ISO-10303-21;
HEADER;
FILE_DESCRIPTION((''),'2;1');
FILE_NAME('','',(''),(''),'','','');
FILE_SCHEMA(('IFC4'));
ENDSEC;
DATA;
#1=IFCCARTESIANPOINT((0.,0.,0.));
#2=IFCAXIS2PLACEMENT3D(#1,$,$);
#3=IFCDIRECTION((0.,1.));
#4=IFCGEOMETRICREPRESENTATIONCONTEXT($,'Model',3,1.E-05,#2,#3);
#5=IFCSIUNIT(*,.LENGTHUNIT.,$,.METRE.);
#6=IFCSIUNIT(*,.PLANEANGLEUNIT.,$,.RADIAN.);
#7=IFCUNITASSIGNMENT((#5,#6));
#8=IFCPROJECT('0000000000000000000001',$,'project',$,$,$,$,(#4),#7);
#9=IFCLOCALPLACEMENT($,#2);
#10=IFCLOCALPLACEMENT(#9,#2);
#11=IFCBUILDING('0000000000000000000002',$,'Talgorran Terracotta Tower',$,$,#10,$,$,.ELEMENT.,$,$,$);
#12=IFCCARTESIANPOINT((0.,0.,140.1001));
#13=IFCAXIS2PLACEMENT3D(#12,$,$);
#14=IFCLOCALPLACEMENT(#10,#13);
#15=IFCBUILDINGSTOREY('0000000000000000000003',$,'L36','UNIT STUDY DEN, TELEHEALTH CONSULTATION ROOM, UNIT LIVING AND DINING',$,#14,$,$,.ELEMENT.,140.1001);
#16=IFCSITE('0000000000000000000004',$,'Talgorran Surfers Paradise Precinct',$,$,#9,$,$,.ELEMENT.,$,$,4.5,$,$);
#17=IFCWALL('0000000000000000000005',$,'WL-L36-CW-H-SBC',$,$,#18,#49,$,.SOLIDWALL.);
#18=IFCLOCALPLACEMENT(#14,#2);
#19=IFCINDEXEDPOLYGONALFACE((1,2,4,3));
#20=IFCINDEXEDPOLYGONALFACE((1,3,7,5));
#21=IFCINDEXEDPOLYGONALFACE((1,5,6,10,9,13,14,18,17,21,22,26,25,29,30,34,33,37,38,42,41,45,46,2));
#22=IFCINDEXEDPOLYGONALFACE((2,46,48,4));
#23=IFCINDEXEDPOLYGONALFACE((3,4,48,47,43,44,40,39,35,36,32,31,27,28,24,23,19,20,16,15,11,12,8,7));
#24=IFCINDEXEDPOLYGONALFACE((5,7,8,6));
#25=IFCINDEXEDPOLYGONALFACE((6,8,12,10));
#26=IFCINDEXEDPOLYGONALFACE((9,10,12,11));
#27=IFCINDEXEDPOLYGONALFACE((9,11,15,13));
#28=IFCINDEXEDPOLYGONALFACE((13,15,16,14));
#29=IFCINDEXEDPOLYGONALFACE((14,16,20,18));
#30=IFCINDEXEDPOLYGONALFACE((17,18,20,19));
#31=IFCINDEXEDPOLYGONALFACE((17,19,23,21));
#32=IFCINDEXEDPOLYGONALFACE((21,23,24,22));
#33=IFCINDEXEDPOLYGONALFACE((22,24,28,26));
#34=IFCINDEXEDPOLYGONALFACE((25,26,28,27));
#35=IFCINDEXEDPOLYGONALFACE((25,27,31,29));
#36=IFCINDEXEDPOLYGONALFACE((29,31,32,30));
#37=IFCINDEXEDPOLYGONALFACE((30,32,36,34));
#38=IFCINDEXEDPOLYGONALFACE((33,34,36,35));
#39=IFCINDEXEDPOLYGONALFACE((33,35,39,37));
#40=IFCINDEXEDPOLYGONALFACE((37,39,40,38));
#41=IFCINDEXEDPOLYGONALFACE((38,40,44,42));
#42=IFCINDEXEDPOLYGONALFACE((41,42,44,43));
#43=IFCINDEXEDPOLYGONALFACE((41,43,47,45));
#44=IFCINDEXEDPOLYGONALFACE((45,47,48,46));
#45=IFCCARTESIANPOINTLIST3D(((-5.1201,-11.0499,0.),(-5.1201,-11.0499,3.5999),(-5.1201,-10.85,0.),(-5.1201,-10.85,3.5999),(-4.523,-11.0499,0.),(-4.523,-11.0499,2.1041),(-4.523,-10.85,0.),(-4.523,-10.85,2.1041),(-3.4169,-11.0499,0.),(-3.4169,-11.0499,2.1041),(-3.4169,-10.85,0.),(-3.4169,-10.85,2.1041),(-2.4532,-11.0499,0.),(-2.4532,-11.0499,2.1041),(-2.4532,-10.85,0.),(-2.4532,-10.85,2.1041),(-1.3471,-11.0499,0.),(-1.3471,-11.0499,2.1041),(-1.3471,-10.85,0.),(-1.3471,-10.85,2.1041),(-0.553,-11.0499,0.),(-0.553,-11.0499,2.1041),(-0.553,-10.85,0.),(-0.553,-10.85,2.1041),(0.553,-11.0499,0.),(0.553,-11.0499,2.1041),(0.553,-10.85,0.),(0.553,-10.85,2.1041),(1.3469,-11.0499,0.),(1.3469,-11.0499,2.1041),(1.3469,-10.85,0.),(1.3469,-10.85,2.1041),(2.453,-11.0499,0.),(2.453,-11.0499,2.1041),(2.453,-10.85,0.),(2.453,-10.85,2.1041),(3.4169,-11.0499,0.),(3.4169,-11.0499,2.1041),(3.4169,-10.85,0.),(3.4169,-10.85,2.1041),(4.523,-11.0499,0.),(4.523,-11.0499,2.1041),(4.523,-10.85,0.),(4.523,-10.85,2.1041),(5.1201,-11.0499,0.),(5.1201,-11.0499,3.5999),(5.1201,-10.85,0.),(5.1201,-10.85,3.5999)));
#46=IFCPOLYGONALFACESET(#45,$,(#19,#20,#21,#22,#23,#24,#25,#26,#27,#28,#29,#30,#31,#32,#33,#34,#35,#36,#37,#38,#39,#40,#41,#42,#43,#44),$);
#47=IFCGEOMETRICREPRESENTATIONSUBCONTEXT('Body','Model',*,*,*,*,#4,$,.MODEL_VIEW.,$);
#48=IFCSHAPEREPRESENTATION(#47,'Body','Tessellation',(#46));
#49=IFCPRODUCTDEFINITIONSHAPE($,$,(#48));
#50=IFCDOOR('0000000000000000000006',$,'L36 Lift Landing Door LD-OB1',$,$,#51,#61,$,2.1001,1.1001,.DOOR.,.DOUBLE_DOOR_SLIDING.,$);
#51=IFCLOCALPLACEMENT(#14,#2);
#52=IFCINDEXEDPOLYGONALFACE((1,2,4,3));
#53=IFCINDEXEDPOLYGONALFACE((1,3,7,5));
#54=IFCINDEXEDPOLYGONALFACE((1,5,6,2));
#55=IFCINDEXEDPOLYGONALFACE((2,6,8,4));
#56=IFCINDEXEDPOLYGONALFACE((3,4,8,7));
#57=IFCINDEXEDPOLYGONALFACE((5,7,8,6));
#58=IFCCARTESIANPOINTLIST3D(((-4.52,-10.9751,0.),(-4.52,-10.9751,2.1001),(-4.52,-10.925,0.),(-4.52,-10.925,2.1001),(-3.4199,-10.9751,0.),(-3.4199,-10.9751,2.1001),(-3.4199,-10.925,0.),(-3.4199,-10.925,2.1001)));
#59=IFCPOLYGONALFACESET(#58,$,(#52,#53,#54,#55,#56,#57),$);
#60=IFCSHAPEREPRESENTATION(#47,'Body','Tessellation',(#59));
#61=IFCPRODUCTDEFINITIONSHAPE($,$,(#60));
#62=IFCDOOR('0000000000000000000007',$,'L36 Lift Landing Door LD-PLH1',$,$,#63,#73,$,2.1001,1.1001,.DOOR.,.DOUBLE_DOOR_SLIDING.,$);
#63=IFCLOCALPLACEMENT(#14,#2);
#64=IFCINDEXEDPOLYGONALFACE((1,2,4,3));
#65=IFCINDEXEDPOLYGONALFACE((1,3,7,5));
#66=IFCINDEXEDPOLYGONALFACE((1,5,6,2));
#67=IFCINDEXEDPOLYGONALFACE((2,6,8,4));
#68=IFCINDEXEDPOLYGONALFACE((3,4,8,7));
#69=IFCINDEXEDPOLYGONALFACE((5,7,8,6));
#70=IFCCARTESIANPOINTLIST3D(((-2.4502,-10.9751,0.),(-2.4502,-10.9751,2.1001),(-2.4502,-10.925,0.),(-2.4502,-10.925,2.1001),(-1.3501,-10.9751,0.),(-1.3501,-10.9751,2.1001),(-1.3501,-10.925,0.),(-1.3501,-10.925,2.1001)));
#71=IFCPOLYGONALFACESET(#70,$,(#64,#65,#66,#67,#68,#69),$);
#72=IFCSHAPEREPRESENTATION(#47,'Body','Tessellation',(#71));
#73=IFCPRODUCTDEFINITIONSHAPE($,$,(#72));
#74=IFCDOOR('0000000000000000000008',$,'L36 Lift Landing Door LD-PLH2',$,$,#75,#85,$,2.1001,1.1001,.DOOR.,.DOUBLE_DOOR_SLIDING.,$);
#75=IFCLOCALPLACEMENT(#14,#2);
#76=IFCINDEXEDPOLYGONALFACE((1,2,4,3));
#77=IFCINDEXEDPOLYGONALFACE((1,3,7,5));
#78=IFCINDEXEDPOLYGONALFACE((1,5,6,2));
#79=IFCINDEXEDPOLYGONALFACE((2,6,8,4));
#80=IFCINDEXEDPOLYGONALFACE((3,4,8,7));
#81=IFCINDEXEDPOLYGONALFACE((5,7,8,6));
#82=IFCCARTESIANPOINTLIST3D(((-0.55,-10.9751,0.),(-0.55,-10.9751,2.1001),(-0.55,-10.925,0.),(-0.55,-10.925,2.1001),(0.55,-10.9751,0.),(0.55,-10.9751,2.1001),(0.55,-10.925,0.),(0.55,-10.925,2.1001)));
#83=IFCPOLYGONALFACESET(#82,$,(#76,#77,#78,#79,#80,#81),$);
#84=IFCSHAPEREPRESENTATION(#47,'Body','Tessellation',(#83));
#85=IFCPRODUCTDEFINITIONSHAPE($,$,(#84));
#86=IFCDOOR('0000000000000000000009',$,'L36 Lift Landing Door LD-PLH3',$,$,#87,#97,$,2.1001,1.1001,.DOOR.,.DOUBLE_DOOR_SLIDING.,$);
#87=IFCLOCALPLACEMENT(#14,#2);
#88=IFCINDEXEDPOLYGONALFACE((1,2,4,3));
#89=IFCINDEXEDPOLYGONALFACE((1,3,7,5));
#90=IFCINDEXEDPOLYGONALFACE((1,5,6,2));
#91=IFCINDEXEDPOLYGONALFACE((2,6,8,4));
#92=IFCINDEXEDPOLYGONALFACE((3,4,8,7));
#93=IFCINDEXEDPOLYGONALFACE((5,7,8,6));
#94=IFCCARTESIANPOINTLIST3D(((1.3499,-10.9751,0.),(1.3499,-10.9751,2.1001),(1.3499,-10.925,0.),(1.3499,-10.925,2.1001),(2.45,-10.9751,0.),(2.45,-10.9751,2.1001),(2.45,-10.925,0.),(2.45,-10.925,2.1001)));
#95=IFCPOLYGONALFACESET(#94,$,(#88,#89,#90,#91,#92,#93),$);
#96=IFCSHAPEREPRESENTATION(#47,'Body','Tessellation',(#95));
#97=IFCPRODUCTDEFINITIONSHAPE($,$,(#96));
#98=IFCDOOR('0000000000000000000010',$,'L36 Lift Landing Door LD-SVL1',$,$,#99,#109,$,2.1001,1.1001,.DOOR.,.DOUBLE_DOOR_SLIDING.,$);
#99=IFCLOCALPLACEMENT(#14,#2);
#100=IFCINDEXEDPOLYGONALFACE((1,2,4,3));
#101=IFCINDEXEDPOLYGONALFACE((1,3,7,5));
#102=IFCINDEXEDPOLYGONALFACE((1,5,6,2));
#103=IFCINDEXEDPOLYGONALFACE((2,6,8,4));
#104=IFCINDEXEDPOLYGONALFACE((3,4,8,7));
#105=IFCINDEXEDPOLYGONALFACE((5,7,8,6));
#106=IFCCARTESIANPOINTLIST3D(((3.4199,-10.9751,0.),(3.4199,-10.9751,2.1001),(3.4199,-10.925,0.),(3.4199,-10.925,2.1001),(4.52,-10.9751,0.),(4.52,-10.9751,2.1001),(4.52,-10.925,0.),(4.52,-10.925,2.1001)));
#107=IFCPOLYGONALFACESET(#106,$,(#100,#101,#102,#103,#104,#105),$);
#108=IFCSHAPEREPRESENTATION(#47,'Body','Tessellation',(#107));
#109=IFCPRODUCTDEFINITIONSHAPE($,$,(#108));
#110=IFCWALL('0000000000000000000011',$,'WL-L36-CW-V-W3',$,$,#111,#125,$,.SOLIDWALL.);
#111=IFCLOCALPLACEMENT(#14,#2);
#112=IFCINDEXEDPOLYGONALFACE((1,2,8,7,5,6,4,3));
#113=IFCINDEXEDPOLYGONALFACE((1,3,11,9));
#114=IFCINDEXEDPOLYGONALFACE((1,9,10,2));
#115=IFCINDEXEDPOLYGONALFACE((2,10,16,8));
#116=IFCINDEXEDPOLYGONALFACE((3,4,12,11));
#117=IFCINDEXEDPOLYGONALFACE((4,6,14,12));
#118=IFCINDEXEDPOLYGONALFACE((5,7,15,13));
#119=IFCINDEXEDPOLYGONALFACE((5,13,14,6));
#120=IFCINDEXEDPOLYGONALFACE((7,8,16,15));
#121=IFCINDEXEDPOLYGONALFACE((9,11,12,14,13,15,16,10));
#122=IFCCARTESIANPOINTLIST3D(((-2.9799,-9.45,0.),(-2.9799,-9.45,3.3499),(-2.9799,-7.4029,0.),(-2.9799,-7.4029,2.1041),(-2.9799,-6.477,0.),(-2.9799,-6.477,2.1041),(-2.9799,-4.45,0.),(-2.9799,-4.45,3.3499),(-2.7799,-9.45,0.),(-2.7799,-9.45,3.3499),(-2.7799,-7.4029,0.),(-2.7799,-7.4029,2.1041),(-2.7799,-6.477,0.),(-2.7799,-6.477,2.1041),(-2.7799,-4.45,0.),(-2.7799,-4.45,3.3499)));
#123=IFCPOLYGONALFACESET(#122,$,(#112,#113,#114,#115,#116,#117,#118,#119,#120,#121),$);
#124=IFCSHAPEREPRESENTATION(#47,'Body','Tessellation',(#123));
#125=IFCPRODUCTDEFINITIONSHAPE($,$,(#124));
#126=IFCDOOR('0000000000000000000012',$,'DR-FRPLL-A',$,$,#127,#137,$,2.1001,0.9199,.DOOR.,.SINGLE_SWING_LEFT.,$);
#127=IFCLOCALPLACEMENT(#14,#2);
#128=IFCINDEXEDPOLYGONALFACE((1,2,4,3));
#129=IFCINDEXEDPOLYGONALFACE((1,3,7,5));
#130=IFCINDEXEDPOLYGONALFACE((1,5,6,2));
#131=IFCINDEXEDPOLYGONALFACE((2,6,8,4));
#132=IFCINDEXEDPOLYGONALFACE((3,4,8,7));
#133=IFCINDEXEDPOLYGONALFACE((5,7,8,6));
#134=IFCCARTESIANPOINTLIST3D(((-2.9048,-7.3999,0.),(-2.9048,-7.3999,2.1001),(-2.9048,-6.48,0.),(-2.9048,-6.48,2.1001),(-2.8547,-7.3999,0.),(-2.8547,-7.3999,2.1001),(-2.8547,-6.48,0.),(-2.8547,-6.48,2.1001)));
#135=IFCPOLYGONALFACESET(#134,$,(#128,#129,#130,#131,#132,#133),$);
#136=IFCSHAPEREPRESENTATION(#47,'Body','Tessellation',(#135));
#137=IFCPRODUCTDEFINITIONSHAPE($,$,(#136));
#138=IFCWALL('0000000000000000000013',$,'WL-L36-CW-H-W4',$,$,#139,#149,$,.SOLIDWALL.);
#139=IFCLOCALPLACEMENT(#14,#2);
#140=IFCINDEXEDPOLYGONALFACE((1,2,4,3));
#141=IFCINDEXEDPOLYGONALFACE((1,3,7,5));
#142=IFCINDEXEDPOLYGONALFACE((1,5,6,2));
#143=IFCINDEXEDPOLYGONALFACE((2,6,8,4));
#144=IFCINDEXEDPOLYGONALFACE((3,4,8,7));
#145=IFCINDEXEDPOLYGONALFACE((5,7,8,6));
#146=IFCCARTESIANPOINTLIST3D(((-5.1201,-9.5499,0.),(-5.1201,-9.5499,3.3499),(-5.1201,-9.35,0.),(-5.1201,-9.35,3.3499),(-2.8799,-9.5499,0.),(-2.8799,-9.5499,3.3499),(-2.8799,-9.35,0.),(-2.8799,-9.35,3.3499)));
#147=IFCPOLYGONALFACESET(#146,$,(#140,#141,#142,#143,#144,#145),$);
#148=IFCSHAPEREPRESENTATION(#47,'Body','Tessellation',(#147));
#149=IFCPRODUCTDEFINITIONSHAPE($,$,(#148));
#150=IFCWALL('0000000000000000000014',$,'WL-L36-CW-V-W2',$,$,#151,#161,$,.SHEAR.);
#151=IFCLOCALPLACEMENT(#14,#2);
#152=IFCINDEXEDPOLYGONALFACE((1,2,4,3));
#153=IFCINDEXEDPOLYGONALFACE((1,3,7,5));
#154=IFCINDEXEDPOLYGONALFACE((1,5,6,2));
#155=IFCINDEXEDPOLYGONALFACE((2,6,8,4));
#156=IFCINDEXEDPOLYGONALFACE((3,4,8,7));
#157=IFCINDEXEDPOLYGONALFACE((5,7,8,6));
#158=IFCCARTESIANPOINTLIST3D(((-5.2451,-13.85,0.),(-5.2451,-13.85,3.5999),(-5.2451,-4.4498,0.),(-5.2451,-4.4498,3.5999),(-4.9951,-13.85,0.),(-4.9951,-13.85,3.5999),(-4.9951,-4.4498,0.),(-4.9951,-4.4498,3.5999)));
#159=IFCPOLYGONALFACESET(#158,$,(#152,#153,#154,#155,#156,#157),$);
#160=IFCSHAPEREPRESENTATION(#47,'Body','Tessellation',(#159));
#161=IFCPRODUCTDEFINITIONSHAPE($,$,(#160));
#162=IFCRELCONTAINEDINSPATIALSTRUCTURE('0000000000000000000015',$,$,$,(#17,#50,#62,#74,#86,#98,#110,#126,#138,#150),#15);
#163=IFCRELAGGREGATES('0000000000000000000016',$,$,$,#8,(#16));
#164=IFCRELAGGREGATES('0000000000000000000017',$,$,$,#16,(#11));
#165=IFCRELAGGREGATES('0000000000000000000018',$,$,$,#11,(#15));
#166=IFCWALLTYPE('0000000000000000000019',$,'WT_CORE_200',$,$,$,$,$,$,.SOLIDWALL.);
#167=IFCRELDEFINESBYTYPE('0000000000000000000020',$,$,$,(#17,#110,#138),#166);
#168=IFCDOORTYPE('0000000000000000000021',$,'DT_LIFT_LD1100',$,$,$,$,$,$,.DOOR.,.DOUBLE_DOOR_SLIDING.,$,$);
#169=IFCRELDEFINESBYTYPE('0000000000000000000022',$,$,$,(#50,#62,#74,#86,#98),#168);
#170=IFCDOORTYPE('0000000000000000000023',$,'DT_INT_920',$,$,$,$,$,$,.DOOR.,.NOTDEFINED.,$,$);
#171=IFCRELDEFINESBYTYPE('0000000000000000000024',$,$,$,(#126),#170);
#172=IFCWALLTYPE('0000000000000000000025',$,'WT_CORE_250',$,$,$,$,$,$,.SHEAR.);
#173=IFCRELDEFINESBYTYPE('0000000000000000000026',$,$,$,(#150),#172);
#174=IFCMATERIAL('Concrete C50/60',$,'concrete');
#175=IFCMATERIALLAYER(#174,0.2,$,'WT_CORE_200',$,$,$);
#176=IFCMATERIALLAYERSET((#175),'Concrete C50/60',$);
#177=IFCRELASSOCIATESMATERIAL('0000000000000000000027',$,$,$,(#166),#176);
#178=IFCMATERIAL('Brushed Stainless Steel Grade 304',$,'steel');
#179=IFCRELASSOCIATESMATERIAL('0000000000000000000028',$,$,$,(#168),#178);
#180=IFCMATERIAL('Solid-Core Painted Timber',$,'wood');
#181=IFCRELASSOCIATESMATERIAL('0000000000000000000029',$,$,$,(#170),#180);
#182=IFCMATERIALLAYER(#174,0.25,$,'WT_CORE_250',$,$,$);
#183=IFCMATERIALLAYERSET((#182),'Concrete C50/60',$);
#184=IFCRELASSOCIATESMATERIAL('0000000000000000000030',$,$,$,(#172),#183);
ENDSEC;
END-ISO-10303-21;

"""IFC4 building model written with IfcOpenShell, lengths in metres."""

from ifc_helpers import new_model, si_unit, direction, frame, frame_2d, origin, place, context, subcontext, project, spatial, rectangle, extrude, material, layer, layer_set, type_object, element, fill, save


model = new_model("IFC4")

# Units and contexts
model_context = context("Model", 3, precision=1e-05, world=origin(), true_north=direction((0.0, 1.0)))
body_context = subcontext(model_context, "Body", "Model", "MODEL_VIEW")
ifc_project = project(units=[si_unit("LENGTHUNIT", "METRE"), si_unit("PLANEANGLEUNIT", "RADIAN")], contexts=[model_context])

# Site, building, storey
site_placement = place(None, origin())
site = spatial("IfcSite", under=ifc_project, at=site_placement, Name="Talgorran Surfers Paradise Precinct", CompositionType="ELEMENT", RefElevation=4.5)
building_placement = place(site_placement, origin())
building = spatial("IfcBuilding", under=site, at=building_placement, Name="Talgorran Terracotta Tower", CompositionType="ELEMENT")
storey_placement = place(building_placement, frame((0.0, 0.0, 140.1001)))
storey = spatial("IfcBuildingStorey", under=building, at=storey_placement, Name="L36", Description="UNIT STUDY DEN, TELEHEALTH CONSULTATION ROOM, UNIT LIVING AND DINING", CompositionType="ELEMENT", Elevation=140.1001)

# Shared definitions
ifc_material_1 = material(Name="Concrete C50/60", Category="concrete")

# Shared definitions
ifc_layer_1 = layer(ifc_material_1, 0.2, Name="WT_CORE_200")
ifc_layer_set_1 = layer_set([ifc_layer_1], Name="Concrete C50/60")
wall_type_1 = type_object("IfcWallType", Name="WT_CORE_200", PredefinedType="SOLIDWALL", material=ifc_layer_set_1)

# Wall, openings, doors
ifc_material_2 = material(Name="Brushed Stainless Steel Grade 304", Category="steel")
door_type_1 = type_object("IfcDoorType", Name="DT_LIFT_LD1100", OperationType="DOUBLE_DOOR_SLIDING", PredefinedType="DOOR", material=ifc_material_2)
wall_1_placement = place(storey_placement, frame((-5.1201, -10.95, 0.0), z_axis=(0.0, 0.0, 1.0), x_axis=(1.0, 0.0, 0.0)))
wall_1 = element("IfcWall", 1, at=wall_1_placement, inside=storey, type_object=wall_type_1, Name="WL-L36-CW-H-SBC", PredefinedType="SOLIDWALL", context=body_context, shape_type="SweptSolid", body=[
    extrude(rectangle(XDim=10.2402, YDim=0.2, at=frame_2d((5.1201, 0.0))), origin(), (0.0, 0.0, 1.0), 3.5999),
])
opening_1_placement = place(wall_1_placement, frame((0.6001, 0.0, 0.0)))
opening_1 = element("IfcOpeningElement", 2, at=opening_1_placement, cuts=wall_1, PredefinedType="OPENING", context=body_context, shape_type="SweptSolid", body=[
    extrude(rectangle(XDim=1.1061, YDim=2.1041, at=frame_2d((0.55, 1.052))), frame((0.0, 0.1099, 0.0), z_axis=(0.0, -1.0, 0.0), x_axis=(1.0, 0.0, 0.0)), (0.0, 0.0, 1.0), 0.22),
])
opening_2_placement = place(wall_1_placement, frame((2.6699, 0.0, 0.0)))
opening_2 = element("IfcOpeningElement", 3, at=opening_2_placement, cuts=wall_1, PredefinedType="OPENING", context=body_context, shape_type="SweptSolid", body=[
    extrude(rectangle(XDim=1.1061, YDim=2.1041, at=frame_2d((0.55, 1.052))), frame((0.0, 0.1099, 0.0), z_axis=(0.0, -1.0, 0.0), x_axis=(1.0, 0.0, 0.0)), (0.0, 0.0, 1.0), 0.22),
])
opening_3_placement = place(wall_1_placement, frame((4.5701, 0.0, 0.0)))
opening_3 = element("IfcOpeningElement", 4, at=opening_3_placement, cuts=wall_1, PredefinedType="OPENING", context=body_context, shape_type="SweptSolid", body=[
    extrude(rectangle(XDim=1.1061, YDim=2.1041, at=frame_2d((0.55, 1.052))), frame((0.0, 0.1099, 0.0), z_axis=(0.0, -1.0, 0.0), x_axis=(1.0, 0.0, 0.0)), (0.0, 0.0, 1.0), 0.22),
])
opening_4_placement = place(wall_1_placement, frame((6.47, 0.0, 0.0)))
opening_4 = element("IfcOpeningElement", 5, at=opening_4_placement, cuts=wall_1, PredefinedType="OPENING", context=body_context, shape_type="SweptSolid", body=[
    extrude(rectangle(XDim=1.1061, YDim=2.1041, at=frame_2d((0.55, 1.052))), frame((0.0, 0.1099, 0.0), z_axis=(0.0, -1.0, 0.0), x_axis=(1.0, 0.0, 0.0)), (0.0, 0.0, 1.0), 0.22),
])
opening_5_placement = place(wall_1_placement, frame((8.54, 0.0, 0.0)))
opening_5 = element("IfcOpeningElement", 6, at=opening_5_placement, cuts=wall_1, PredefinedType="OPENING", context=body_context, shape_type="SweptSolid", body=[
    extrude(rectangle(XDim=1.1061, YDim=2.1041, at=frame_2d((0.55, 1.052))), frame((0.0, 0.1099, 0.0), z_axis=(0.0, -1.0, 0.0), x_axis=(1.0, 0.0, 0.0)), (0.0, 0.0, 1.0), 0.22),
])
door_1_placement = place(opening_1_placement, origin())
door_1 = element("IfcDoor", 7, at=door_1_placement, inside=storey, type_object=door_type_1, Name="L36 Lift Landing Door LD-OB1", OperationType="DOUBLE_DOOR_SLIDING", OverallHeight=2.1001, OverallWidth=1.1001, PredefinedType="DOOR", context=body_context, shape_type="SweptSolid", body=[
    extrude(rectangle(XDim=1.1001, YDim=2.1001, at=frame_2d((0.55, 1.05))), frame((0.0, 0.0249, 0.0), z_axis=(0.0, -1.0, 0.0), x_axis=(1.0, 0.0, 0.0)), (0.0, 0.0, 1.0), 0.05),
])
fill(opening_1, door_1)
door_2_placement = place(opening_2_placement, origin())
door_2 = element("IfcDoor", 8, at=door_2_placement, inside=storey, type_object=door_type_1, Name="L36 Lift Landing Door LD-PLH1", OperationType="DOUBLE_DOOR_SLIDING", OverallHeight=2.1001, OverallWidth=1.1001, PredefinedType="DOOR", context=body_context, shape_type="SweptSolid", body=[
    extrude(rectangle(XDim=1.1001, YDim=2.1001, at=frame_2d((0.55, 1.05))), frame((0.0, 0.0249, 0.0), z_axis=(0.0, -1.0, 0.0), x_axis=(1.0, 0.0, 0.0)), (0.0, 0.0, 1.0), 0.05),
])
fill(opening_2, door_2)
door_3_placement = place(opening_3_placement, origin())
door_3 = element("IfcDoor", 9, at=door_3_placement, inside=storey, type_object=door_type_1, Name="L36 Lift Landing Door LD-PLH2", OperationType="DOUBLE_DOOR_SLIDING", OverallHeight=2.1001, OverallWidth=1.1001, PredefinedType="DOOR", context=body_context, shape_type="SweptSolid", body=[
    extrude(rectangle(XDim=1.1001, YDim=2.1001, at=frame_2d((0.55, 1.05))), frame((0.0, 0.0249, 0.0), z_axis=(0.0, -1.0, 0.0), x_axis=(1.0, 0.0, 0.0)), (0.0, 0.0, 1.0), 0.05),
])
fill(opening_3, door_3)
door_4_placement = place(opening_4_placement, origin())
door_4 = element("IfcDoor", 10, at=door_4_placement, inside=storey, type_object=door_type_1, Name="L36 Lift Landing Door LD-PLH3", OperationType="DOUBLE_DOOR_SLIDING", OverallHeight=2.1001, OverallWidth=1.1001, PredefinedType="DOOR", context=body_context, shape_type="SweptSolid", body=[
    extrude(rectangle(XDim=1.1001, YDim=2.1001, at=frame_2d((0.55, 1.05))), frame((0.0, 0.0249, 0.0), z_axis=(0.0, -1.0, 0.0), x_axis=(1.0, 0.0, 0.0)), (0.0, 0.0, 1.0), 0.05),
])
fill(opening_4, door_4)
door_5_placement = place(opening_5_placement, origin())
door_5 = element("IfcDoor", 11, at=door_5_placement, inside=storey, type_object=door_type_1, Name="L36 Lift Landing Door LD-SVL1", OperationType="DOUBLE_DOOR_SLIDING", OverallHeight=2.1001, OverallWidth=1.1001, PredefinedType="DOOR", context=body_context, shape_type="SweptSolid", body=[
    extrude(rectangle(XDim=1.1001, YDim=2.1001, at=frame_2d((0.55, 1.05))), frame((0.0, 0.0249, 0.0), z_axis=(0.0, -1.0, 0.0), x_axis=(1.0, 0.0, 0.0)), (0.0, 0.0, 1.0), 0.05),
])
fill(opening_5, door_5)

# Wall, opening, door
wall_2_placement = place(storey_placement, frame((-2.8799, -9.45, 0.0), z_axis=(0.0, 0.0, 1.0), x_axis=(0.0, 1.0, 0.0)))
wall_2 = element("IfcWall", 12, at=wall_2_placement, inside=storey, type_object=wall_type_1, Name="WL-L36-CW-V-W3", PredefinedType="SOLIDWALL", context=body_context, shape_type="SweptSolid", body=[
    extrude(rectangle(XDim=5.0, YDim=0.2, at=frame_2d((2.5, 0.0))), origin(), (0.0, 0.0, 1.0), 3.3499),
])
opening_6_placement = place(wall_2_placement, frame((2.05, 0.0, 0.0)))
opening_6 = element("IfcOpeningElement", 13, at=opening_6_placement, cuts=wall_2, PredefinedType="OPENING", context=body_context, shape_type="SweptSolid", body=[
    extrude(rectangle(XDim=0.9259, YDim=2.1041, at=frame_2d((0.46, 1.052))), frame((0.0, 0.1099, 0.0), z_axis=(0.0, -1.0, 0.0), x_axis=(1.0, 0.0, 0.0)), (0.0, 0.0, 1.0), 0.22),
])
ifc_material_3 = material(Name="Solid-Core Painted Timber", Category="wood")
door_type_2 = type_object("IfcDoorType", Name="DT_INT_920", OperationType="NOTDEFINED", PredefinedType="DOOR", material=ifc_material_3)
door_6_placement = place(opening_6_placement, origin())
door_6 = element("IfcDoor", 14, at=door_6_placement, inside=storey, type_object=door_type_2, Name="DR-FRPLL-A", OperationType="SINGLE_SWING_LEFT", OverallHeight=2.1001, OverallWidth=0.9199, PredefinedType="DOOR", context=body_context, shape_type="SweptSolid", body=[
    extrude(rectangle(XDim=0.9199, YDim=2.1001, at=frame_2d((0.46, 1.05))), frame((0.0, 0.0249, 0.0), z_axis=(0.0, -1.0, 0.0), x_axis=(1.0, 0.0, 0.0)), (0.0, 0.0, 1.0), 0.05),
])
fill(opening_6, door_6)

# Walls
wall_3_placement = place(storey_placement, frame((-5.1201, -9.45, 0.0), z_axis=(0.0, 0.0, 1.0), x_axis=(1.0, 0.0, 0.0)))
element("IfcWall", 15, at=wall_3_placement, inside=storey, type_object=wall_type_1, Name="WL-L36-CW-H-W4", PredefinedType="SOLIDWALL", context=body_context, shape_type="SweptSolid", body=[
    extrude(rectangle(XDim=2.2402, YDim=0.2, at=frame_2d((1.1201, 0.0))), origin(), (0.0, 0.0, 1.0), 3.3499),
])
ifc_layer_2 = layer(ifc_material_1, 0.25, Name="WT_CORE_250")
ifc_layer_set_2 = layer_set([ifc_layer_2], Name="Concrete C50/60")
wall_type_2 = type_object("IfcWallType", Name="WT_CORE_250", PredefinedType="SHEAR", material=ifc_layer_set_2)
wall_4_placement = place(storey_placement, frame((-5.1201, -13.8501, 0.0), z_axis=(0.0, 0.0, 1.0), x_axis=(0.0, 1.0, 0.0)))
element("IfcWall", 16, at=wall_4_placement, inside=storey, type_object=wall_type_2, Name="WL-L36-CW-V-W2", PredefinedType="SHEAR", context=body_context, shape_type="SweptSolid", body=[
    extrude(rectangle(XDim=9.4001, YDim=0.25, at=frame_2d((4.7002, 0.0))), origin(), (0.0, 0.0, 1.0), 3.5999),
])

save(model, "model.ifc")
